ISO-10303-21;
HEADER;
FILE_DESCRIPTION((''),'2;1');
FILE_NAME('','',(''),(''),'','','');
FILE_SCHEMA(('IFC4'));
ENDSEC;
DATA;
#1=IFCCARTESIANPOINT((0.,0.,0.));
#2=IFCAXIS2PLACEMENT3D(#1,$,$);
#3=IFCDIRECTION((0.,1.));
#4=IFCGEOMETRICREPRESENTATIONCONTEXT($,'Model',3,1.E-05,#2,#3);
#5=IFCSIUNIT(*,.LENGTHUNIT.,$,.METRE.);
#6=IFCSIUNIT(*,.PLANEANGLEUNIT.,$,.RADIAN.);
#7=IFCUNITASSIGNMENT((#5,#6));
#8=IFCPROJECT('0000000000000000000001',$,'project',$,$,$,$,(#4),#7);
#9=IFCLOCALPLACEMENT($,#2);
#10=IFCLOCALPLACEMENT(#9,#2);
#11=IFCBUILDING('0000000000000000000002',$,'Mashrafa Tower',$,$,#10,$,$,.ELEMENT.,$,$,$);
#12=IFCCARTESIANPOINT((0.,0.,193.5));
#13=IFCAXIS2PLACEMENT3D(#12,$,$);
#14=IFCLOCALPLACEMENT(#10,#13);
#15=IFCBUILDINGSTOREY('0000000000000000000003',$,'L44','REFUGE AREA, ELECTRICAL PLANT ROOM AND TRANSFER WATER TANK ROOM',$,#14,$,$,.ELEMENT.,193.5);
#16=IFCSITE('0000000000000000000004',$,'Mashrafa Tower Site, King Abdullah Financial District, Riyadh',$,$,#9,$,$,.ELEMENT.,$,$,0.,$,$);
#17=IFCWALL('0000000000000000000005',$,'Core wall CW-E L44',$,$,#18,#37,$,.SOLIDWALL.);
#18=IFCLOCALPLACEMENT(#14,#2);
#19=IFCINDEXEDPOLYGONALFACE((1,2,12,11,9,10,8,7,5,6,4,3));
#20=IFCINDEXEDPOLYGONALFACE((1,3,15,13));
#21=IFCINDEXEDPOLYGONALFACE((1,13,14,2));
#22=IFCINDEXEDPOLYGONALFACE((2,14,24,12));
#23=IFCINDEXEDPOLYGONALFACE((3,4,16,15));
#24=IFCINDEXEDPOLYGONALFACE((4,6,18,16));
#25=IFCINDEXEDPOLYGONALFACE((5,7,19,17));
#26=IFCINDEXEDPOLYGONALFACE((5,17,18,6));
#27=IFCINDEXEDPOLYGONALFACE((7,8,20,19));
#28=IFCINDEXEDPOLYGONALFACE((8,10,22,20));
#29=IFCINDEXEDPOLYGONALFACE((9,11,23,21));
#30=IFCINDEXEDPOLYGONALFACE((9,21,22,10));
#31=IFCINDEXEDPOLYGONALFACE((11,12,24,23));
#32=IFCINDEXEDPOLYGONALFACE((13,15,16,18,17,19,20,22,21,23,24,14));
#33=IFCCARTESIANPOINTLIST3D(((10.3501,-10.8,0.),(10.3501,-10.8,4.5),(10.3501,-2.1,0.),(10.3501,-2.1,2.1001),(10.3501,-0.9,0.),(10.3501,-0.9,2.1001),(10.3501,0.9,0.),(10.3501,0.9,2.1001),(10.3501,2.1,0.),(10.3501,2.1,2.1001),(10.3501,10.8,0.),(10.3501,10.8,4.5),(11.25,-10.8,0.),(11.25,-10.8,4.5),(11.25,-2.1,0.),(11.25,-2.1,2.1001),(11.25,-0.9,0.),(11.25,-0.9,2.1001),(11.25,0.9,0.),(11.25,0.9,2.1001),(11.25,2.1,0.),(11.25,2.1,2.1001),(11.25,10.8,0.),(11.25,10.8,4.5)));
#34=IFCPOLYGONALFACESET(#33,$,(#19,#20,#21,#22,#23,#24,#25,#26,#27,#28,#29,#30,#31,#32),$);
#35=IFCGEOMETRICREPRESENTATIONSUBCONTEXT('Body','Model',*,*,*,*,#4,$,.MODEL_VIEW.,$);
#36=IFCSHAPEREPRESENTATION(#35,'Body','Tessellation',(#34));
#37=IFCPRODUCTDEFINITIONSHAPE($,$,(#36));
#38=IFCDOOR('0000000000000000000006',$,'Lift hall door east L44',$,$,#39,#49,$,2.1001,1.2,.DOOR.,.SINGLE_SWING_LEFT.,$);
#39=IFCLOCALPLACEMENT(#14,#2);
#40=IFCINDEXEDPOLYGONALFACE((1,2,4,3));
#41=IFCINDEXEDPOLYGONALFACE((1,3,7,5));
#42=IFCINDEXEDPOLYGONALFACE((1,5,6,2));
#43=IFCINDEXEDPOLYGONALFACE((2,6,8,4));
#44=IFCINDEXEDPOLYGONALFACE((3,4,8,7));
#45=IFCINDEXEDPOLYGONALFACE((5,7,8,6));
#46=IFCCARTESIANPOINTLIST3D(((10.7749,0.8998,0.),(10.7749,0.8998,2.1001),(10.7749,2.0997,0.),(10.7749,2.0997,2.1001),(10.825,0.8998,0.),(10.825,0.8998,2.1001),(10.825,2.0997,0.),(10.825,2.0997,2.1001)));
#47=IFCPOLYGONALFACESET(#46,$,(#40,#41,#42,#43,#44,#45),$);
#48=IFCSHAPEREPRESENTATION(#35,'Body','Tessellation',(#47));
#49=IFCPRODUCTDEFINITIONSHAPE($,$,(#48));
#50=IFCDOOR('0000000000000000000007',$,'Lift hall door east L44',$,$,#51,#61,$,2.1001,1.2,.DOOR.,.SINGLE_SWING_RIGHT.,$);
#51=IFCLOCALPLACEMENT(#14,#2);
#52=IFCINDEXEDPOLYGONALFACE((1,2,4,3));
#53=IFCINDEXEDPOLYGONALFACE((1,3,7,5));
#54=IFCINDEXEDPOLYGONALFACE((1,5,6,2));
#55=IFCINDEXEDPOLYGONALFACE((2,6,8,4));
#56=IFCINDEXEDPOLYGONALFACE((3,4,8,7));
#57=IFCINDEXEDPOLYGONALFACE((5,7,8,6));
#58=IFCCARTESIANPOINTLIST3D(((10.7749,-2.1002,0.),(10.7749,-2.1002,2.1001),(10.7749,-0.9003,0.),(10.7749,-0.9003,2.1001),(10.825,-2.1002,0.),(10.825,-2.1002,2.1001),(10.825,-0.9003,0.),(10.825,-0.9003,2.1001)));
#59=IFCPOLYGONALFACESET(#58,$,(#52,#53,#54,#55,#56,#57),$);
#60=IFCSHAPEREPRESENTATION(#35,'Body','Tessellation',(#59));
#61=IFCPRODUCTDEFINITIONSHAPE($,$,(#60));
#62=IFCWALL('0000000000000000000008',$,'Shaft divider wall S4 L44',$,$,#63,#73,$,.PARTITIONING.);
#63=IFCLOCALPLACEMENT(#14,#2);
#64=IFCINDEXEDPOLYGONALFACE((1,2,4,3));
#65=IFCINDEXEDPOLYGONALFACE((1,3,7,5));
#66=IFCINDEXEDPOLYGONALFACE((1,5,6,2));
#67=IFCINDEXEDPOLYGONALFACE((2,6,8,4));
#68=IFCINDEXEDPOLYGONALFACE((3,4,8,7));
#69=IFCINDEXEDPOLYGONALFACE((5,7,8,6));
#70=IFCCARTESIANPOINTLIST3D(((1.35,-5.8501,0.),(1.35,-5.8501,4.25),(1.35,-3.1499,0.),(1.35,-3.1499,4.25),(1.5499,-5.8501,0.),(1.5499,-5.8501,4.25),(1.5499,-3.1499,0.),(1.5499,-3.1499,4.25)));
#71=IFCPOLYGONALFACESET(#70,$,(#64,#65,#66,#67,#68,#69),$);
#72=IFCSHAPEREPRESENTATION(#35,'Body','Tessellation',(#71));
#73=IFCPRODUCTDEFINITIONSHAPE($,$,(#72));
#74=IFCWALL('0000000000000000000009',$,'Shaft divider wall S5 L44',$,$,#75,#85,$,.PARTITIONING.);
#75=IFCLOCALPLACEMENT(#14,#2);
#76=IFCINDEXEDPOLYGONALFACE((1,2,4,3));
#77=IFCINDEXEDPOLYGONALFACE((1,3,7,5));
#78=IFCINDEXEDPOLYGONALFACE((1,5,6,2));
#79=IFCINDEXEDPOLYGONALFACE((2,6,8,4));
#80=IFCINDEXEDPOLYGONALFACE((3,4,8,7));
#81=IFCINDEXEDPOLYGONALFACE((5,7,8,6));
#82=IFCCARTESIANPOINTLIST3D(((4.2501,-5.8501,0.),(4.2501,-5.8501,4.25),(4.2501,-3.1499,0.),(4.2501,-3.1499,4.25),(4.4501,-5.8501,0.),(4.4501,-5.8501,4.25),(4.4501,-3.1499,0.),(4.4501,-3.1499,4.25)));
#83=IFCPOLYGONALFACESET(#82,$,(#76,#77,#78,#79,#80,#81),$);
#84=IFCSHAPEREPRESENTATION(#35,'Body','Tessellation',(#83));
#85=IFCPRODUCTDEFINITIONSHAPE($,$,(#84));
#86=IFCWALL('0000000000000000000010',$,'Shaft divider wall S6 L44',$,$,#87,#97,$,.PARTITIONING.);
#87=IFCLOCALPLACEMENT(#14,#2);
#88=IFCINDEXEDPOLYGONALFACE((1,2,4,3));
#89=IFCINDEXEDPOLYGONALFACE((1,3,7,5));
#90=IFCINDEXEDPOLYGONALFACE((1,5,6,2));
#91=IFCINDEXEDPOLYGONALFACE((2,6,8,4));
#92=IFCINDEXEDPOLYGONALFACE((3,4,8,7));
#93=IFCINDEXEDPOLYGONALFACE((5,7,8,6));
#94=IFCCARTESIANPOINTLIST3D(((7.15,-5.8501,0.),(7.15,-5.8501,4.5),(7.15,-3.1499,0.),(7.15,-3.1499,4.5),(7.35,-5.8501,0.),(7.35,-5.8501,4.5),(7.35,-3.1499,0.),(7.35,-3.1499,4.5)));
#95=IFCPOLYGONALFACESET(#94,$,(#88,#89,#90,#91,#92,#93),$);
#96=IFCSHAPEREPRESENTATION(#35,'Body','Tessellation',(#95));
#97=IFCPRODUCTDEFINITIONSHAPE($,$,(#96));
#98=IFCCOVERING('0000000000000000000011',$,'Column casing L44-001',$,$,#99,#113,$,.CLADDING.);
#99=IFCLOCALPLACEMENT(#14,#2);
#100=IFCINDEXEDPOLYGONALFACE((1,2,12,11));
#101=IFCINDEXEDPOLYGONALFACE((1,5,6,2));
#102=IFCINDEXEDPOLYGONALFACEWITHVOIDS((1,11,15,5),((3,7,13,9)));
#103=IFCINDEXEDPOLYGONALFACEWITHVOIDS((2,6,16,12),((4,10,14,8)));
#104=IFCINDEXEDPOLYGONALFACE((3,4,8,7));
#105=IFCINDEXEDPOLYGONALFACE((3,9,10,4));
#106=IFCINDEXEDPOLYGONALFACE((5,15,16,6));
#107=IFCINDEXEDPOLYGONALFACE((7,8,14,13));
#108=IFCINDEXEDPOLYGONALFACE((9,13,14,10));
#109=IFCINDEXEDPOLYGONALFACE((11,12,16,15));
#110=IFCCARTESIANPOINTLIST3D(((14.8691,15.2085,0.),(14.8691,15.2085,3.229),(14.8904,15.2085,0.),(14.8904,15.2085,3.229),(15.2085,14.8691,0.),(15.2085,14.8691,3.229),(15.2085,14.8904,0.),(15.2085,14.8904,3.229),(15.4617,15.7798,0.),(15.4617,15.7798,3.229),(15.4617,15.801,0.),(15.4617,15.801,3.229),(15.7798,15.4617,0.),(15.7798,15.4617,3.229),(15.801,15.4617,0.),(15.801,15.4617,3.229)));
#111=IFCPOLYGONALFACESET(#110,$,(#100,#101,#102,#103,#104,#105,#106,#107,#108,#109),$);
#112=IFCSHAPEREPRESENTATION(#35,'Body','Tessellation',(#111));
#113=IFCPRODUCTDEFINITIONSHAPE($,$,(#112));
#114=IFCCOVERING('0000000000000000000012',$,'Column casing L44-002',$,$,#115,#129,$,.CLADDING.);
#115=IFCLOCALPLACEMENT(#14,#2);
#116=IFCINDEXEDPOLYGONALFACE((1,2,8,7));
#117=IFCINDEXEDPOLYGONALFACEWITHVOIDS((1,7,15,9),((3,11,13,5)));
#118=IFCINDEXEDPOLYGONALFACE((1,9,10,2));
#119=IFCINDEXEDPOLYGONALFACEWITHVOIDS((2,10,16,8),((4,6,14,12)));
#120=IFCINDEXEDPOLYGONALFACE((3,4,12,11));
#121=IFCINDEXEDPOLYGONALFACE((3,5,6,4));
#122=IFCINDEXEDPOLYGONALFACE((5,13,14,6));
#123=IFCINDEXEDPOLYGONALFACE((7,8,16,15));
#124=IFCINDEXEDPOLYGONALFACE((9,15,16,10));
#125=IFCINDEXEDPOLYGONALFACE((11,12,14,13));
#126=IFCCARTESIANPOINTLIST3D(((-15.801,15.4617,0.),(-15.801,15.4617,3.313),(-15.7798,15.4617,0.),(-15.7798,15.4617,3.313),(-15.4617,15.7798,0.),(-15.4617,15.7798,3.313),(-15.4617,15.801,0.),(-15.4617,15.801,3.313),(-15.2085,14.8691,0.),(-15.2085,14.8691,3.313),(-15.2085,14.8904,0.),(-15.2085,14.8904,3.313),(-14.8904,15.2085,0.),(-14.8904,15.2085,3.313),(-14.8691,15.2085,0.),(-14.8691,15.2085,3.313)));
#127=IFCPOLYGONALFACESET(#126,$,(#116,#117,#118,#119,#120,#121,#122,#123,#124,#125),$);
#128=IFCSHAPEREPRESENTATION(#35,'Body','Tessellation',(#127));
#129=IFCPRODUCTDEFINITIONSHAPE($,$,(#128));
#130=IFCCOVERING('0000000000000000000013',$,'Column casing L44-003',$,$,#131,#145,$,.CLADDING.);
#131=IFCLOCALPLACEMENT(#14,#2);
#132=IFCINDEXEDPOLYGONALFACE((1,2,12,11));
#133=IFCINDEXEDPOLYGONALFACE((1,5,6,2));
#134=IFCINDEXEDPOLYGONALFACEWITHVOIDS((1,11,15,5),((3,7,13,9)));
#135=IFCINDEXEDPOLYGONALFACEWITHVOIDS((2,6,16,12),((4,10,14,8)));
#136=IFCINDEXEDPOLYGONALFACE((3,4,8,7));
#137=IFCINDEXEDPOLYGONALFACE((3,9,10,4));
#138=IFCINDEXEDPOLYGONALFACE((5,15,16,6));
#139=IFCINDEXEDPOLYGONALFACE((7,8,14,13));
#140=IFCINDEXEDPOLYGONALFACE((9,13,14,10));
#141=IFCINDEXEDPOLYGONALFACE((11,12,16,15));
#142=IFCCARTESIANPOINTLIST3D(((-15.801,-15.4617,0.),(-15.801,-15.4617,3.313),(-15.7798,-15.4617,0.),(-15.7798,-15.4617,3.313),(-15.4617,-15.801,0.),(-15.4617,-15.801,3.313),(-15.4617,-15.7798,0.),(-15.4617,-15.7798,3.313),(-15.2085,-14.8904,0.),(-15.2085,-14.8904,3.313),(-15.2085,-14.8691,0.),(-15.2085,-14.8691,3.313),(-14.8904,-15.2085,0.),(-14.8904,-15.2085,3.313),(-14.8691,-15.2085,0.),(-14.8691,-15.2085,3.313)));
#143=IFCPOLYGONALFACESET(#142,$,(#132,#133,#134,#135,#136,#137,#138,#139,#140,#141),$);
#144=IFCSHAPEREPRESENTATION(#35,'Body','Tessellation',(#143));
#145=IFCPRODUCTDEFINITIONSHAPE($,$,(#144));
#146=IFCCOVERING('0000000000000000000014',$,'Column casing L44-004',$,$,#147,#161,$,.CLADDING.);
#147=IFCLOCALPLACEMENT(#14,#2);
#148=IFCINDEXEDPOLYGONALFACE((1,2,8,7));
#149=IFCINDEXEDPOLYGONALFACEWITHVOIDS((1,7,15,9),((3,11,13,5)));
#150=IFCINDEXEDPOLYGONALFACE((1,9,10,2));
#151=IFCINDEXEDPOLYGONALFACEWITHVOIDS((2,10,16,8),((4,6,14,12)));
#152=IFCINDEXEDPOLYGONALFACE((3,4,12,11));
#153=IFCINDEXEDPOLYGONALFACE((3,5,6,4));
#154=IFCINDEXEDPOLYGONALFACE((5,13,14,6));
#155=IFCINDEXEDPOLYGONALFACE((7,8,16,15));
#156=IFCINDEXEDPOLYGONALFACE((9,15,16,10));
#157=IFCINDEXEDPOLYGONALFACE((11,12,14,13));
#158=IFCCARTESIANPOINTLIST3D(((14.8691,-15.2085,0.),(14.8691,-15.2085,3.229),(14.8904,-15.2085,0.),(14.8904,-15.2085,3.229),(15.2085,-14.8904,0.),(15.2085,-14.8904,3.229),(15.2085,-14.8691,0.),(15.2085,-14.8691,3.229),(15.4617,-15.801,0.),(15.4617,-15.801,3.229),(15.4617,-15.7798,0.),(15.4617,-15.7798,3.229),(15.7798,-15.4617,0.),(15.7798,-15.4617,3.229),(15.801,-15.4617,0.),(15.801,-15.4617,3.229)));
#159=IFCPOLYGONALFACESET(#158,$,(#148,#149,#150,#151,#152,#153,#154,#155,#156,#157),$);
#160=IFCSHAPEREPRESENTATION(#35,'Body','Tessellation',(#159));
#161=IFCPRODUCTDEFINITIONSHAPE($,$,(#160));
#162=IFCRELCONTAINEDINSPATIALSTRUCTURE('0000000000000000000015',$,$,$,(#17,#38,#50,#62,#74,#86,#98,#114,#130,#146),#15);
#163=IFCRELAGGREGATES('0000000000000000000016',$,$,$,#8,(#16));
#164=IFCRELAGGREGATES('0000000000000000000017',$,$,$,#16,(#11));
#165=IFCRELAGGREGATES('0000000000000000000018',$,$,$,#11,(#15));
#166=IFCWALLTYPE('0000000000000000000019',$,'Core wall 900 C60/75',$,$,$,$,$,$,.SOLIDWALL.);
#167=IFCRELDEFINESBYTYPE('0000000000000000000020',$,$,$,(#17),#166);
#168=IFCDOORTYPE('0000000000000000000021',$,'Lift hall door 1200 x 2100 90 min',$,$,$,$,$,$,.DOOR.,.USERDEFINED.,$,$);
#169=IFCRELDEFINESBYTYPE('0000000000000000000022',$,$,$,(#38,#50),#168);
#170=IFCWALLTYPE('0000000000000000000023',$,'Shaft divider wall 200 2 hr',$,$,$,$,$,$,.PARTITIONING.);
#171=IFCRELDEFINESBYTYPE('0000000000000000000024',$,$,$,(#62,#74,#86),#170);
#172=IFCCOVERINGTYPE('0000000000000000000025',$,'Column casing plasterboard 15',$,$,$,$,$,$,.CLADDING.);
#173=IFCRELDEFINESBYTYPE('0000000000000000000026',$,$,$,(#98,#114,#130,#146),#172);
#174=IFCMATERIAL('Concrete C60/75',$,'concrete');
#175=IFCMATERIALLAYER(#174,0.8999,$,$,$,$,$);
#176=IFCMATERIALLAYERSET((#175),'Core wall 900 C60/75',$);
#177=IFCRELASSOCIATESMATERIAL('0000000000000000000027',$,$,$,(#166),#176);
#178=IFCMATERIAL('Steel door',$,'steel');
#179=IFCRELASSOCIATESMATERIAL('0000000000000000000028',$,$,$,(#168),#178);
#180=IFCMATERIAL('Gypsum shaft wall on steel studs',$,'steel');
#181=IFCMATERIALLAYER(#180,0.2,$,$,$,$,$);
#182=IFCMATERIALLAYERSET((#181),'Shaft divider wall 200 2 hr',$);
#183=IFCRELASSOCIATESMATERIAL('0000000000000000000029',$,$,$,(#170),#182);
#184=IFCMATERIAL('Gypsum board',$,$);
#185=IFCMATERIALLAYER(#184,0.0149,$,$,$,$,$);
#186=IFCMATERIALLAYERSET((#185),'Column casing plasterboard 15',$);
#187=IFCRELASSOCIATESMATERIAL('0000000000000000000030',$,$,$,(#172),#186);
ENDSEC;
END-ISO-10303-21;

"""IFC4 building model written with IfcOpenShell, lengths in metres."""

from ifc_helpers import new_model, si_unit, direction, frame, frame_2d, origin, place, context, subcontext, project, spatial, polyline, rectangle, outline, extrude, material, layer, layer_set, type_object, element, fill, save


model = new_model("IFC4")

# Units and contexts
model_context = context("Model", 3, precision=1e-05, world=origin(), true_north=direction((0.0, 1.0)))
body_context = subcontext(model_context, "Body", "Model", "MODEL_VIEW")
ifc_project = project(units=[si_unit("LENGTHUNIT", "METRE"), si_unit("PLANEANGLEUNIT", "RADIAN")], contexts=[model_context])

# Site, building, storey
site_placement = place(None, origin())
site = spatial("IfcSite", under=ifc_project, at=site_placement, Name="Mashrafa Tower Site, King Abdullah Financial District, Riyadh", CompositionType="ELEMENT", RefElevation=0.0)
building_placement = place(site_placement, origin())
building = spatial("IfcBuilding", under=site, at=building_placement, Name="Mashrafa Tower", CompositionType="ELEMENT")
storey_placement = place(building_placement, frame((0.0, 0.0, 193.5)))
storey = spatial("IfcBuildingStorey", under=building, at=storey_placement, Name="L44", Description="REFUGE AREA, ELECTRICAL PLANT ROOM AND TRANSFER WATER TANK ROOM", CompositionType="ELEMENT", Elevation=193.5)

# Wall, openings, doors
ifc_material_1 = material(Name="Concrete C60/75", Category="concrete")
ifc_layer_1 = layer(ifc_material_1, 0.8999)
ifc_layer_set_1 = layer_set([ifc_layer_1], Name="Core wall 900 C60/75")
wall_type_1 = type_object("IfcWallType", Name="Core wall 900 C60/75", PredefinedType="SOLIDWALL", material=ifc_layer_set_1)
wall_1_placement = place(storey_placement, frame((10.8, -10.8, 0.0), z_axis=(0.0, 0.0, 1.0), x_axis=(0.0, 1.0, 0.0)))
wall_1 = element("IfcWall", 1, at=wall_1_placement, inside=storey, type_object=wall_type_1, Name="Core wall CW-E L44", PredefinedType="SOLIDWALL", context=body_context, shape_type="SweptSolid", body=[
    extrude(rectangle(XDim=21.6001, YDim=0.8999, at=frame_2d((10.8, 0.0))), origin(), (0.0, 0.0, 1.0), 4.5),
])
opening_1_placement = place(wall_1_placement, frame((11.7, 0.0, 0.0)))
opening_1 = element("IfcOpeningElement", 2, at=opening_1_placement, cuts=wall_1, PredefinedType="OPENING", context=body_context, shape_type="SweptSolid", body=[
    extrude(rectangle(XDim=1.2, YDim=2.1001, at=frame_2d((0.6001, 1.05))), frame((0.0, 0.46, 0.0), z_axis=(0.0, -1.0, 0.0), x_axis=(1.0, 0.0, 0.0)), (0.0, 0.0, 1.0), 0.9199),
])
opening_2_placement = place(wall_1_placement, frame((8.7, 0.0, 0.0)))
opening_2 = element("IfcOpeningElement", 3, at=opening_2_placement, cuts=wall_1, PredefinedType="OPENING", context=body_context, shape_type="SweptSolid", body=[
    extrude(rectangle(XDim=1.2, YDim=2.1001, at=frame_2d((0.6001, 1.05))), frame((0.0, 0.46, 0.0), z_axis=(0.0, -1.0, 0.0), x_axis=(1.0, 0.0, 0.0)), (0.0, 0.0, 1.0), 0.9199),
])
ifc_material_2 = material(Name="Steel door", Category="steel")
door_type_1 = type_object("IfcDoorType", Name="Lift hall door 1200 x 2100 90 min", OperationType="USERDEFINED", PredefinedType="DOOR", material=ifc_material_2)
door_1_placement = place(opening_1_placement, frame((1.2, 0.0, 0.0), z_axis=(0.0, 0.0, 1.0), x_axis=(-1.0, 0.0, 0.0)))
door_1 = element("IfcDoor", 4, at=door_1_placement, inside=storey, type_object=door_type_1, Name="Lift hall door east L44", OperationType="SINGLE_SWING_LEFT", OverallHeight=2.1001, OverallWidth=1.2, PredefinedType="DOOR", context=body_context, shape_type="SweptSolid", body=[
    extrude(rectangle(XDim=1.2, YDim=2.1001, at=frame_2d((0.6001, 1.05))), frame((0.0, 0.0249, 0.0), z_axis=(0.0, -1.0, 0.0), x_axis=(1.0, 0.0, 0.0)), (0.0, 0.0, 1.0), 0.05),
])
fill(opening_1, door_1)
door_2_placement = place(opening_2_placement, frame((1.2, 0.0, 0.0), z_axis=(0.0, 0.0, 1.0), x_axis=(-1.0, 0.0, 0.0)))
door_2 = element("IfcDoor", 5, at=door_2_placement, inside=storey, type_object=door_type_1, Name="Lift hall door east L44", OperationType="SINGLE_SWING_RIGHT", OverallHeight=2.1001, OverallWidth=1.2, PredefinedType="DOOR", context=body_context, shape_type="SweptSolid", body=[
    extrude(rectangle(XDim=1.2, YDim=2.1001, at=frame_2d((0.6001, 1.05))), frame((0.0, 0.0249, 0.0), z_axis=(0.0, -1.0, 0.0), x_axis=(1.0, 0.0, 0.0)), (0.0, 0.0, 1.0), 0.05),
])
fill(opening_2, door_2)

# Walls
ifc_material_3 = material(Name="Gypsum shaft wall on steel studs", Category="steel")
ifc_layer_2 = layer(ifc_material_3, 0.2)
ifc_layer_set_2 = layer_set([ifc_layer_2], Name="Shaft divider wall 200 2 hr")
wall_type_2 = type_object("IfcWallType", Name="Shaft divider wall 200 2 hr", PredefinedType="PARTITIONING", material=ifc_layer_set_2)
for number, where, z_axis, x_axis, name in (
    (6, (1.45, -5.8501, 0.0), (0.0, 0.0, 1.0), (0.0, 1.0, 0.0), "Shaft divider wall S4 L44"),
    (7, (4.3501, -5.8501, 0.0), (0.0, 0.0, 1.0), (0.0, 1.0, 0.0), "Shaft divider wall S5 L44"),
):
    element("IfcWall", number, at=place(storey_placement, frame(where, z_axis=z_axis, x_axis=x_axis)), inside=storey, type_object=wall_type_2, Name=name, PredefinedType="PARTITIONING", context=body_context, shape_type="SweptSolid", body=[
        extrude(rectangle(XDim=2.7002, YDim=0.2, at=frame_2d((1.3501, 0.0))), origin(), (0.0, 0.0, 1.0), 4.25),
    ])
wall_2_placement = place(storey_placement, frame((7.25, -5.8501, 0.0), z_axis=(0.0, 0.0, 1.0), x_axis=(0.0, 1.0, 0.0)))
element("IfcWall", 8, at=wall_2_placement, inside=storey, type_object=wall_type_2, Name="Shaft divider wall S6 L44", PredefinedType="PARTITIONING", context=body_context, shape_type="SweptSolid", body=[
    extrude(rectangle(XDim=2.7002, YDim=0.2, at=frame_2d((1.3501, 0.0))), origin(), (0.0, 0.0, 1.0), 4.5),
])

# Coverings
ifc_material_4 = material(Name="Gypsum board")
ifc_layer_3 = layer(ifc_material_4, 0.0149)
ifc_layer_set_3 = layer_set([ifc_layer_3], Name="Column casing plasterboard 15")
covering_type = type_object("IfcCoveringType", Name="Column casing plasterboard 15", PredefinedType="CLADDING", material=ifc_layer_set_3)
covering_1_placement = place(storey_placement, origin())
element("IfcCovering", 9, at=covering_1_placement, inside=storey, type_object=covering_type, Name="Column casing L44-001", PredefinedType="CLADDING", context=body_context, shape_type="SweptSolid", body=[
    extrude(outline(polyline([(14.8691, 15.2085), (15.4617, 15.801), (15.801, 15.4617), (15.2085, 14.8691), (14.8691, 15.2085)]), holes=[polyline([(15.7798, 15.4617), (15.4617, 15.7798), (14.8904, 15.2085), (15.2085, 14.8904), (15.7798, 15.4617)])]), origin(), (0.0, 0.0, 1.0), 3.229),
])
covering_2_placement = place(storey_placement, origin())
element("IfcCovering", 10, at=covering_2_placement, inside=storey, type_object=covering_type, Name="Column casing L44-002", PredefinedType="CLADDING", context=body_context, shape_type="SweptSolid", body=[
    extrude(outline(polyline([(-15.801, 15.4617), (-15.4617, 15.801), (-14.8691, 15.2085), (-15.2085, 14.8691), (-15.801, 15.4617)]), holes=[polyline([(-14.8904, 15.2085), (-15.4617, 15.7798), (-15.7798, 15.4617), (-15.2085, 14.8904), (-14.8904, 15.2085)])]), origin(), (0.0, 0.0, 1.0), 3.313),
])
covering_3_placement = place(storey_placement, origin())
element("IfcCovering", 11, at=covering_3_placement, inside=storey, type_object=covering_type, Name="Column casing L44-003", PredefinedType="CLADDING", context=body_context, shape_type="SweptSolid", body=[
    extrude(outline(polyline([(-15.801, -15.4617), (-15.2085, -14.8691), (-14.8691, -15.2085), (-15.4617, -15.801), (-15.801, -15.4617)]), holes=[polyline([(-14.8904, -15.2085), (-15.2085, -14.8904), (-15.7798, -15.4617), (-15.4617, -15.7798), (-14.8904, -15.2085)])]), origin(), (0.0, 0.0, 1.0), 3.313),
])
covering_4_placement = place(storey_placement, origin())
element("IfcCovering", 12, at=covering_4_placement, inside=storey, type_object=covering_type, Name="Column casing L44-004", PredefinedType="CLADDING", context=body_context, shape_type="SweptSolid", body=[
    extrude(outline(polyline([(14.8691, -15.2085), (15.2085, -14.8691), (15.801, -15.4617), (15.4617, -15.801), (14.8691, -15.2085)]), holes=[polyline([(15.7798, -15.4617), (15.2085, -14.8904), (14.8904, -15.2085), (15.4617, -15.7798), (15.7798, -15.4617)])]), origin(), (0.0, 0.0, 1.0), 3.229),
])

save(model, "model.ifc")
